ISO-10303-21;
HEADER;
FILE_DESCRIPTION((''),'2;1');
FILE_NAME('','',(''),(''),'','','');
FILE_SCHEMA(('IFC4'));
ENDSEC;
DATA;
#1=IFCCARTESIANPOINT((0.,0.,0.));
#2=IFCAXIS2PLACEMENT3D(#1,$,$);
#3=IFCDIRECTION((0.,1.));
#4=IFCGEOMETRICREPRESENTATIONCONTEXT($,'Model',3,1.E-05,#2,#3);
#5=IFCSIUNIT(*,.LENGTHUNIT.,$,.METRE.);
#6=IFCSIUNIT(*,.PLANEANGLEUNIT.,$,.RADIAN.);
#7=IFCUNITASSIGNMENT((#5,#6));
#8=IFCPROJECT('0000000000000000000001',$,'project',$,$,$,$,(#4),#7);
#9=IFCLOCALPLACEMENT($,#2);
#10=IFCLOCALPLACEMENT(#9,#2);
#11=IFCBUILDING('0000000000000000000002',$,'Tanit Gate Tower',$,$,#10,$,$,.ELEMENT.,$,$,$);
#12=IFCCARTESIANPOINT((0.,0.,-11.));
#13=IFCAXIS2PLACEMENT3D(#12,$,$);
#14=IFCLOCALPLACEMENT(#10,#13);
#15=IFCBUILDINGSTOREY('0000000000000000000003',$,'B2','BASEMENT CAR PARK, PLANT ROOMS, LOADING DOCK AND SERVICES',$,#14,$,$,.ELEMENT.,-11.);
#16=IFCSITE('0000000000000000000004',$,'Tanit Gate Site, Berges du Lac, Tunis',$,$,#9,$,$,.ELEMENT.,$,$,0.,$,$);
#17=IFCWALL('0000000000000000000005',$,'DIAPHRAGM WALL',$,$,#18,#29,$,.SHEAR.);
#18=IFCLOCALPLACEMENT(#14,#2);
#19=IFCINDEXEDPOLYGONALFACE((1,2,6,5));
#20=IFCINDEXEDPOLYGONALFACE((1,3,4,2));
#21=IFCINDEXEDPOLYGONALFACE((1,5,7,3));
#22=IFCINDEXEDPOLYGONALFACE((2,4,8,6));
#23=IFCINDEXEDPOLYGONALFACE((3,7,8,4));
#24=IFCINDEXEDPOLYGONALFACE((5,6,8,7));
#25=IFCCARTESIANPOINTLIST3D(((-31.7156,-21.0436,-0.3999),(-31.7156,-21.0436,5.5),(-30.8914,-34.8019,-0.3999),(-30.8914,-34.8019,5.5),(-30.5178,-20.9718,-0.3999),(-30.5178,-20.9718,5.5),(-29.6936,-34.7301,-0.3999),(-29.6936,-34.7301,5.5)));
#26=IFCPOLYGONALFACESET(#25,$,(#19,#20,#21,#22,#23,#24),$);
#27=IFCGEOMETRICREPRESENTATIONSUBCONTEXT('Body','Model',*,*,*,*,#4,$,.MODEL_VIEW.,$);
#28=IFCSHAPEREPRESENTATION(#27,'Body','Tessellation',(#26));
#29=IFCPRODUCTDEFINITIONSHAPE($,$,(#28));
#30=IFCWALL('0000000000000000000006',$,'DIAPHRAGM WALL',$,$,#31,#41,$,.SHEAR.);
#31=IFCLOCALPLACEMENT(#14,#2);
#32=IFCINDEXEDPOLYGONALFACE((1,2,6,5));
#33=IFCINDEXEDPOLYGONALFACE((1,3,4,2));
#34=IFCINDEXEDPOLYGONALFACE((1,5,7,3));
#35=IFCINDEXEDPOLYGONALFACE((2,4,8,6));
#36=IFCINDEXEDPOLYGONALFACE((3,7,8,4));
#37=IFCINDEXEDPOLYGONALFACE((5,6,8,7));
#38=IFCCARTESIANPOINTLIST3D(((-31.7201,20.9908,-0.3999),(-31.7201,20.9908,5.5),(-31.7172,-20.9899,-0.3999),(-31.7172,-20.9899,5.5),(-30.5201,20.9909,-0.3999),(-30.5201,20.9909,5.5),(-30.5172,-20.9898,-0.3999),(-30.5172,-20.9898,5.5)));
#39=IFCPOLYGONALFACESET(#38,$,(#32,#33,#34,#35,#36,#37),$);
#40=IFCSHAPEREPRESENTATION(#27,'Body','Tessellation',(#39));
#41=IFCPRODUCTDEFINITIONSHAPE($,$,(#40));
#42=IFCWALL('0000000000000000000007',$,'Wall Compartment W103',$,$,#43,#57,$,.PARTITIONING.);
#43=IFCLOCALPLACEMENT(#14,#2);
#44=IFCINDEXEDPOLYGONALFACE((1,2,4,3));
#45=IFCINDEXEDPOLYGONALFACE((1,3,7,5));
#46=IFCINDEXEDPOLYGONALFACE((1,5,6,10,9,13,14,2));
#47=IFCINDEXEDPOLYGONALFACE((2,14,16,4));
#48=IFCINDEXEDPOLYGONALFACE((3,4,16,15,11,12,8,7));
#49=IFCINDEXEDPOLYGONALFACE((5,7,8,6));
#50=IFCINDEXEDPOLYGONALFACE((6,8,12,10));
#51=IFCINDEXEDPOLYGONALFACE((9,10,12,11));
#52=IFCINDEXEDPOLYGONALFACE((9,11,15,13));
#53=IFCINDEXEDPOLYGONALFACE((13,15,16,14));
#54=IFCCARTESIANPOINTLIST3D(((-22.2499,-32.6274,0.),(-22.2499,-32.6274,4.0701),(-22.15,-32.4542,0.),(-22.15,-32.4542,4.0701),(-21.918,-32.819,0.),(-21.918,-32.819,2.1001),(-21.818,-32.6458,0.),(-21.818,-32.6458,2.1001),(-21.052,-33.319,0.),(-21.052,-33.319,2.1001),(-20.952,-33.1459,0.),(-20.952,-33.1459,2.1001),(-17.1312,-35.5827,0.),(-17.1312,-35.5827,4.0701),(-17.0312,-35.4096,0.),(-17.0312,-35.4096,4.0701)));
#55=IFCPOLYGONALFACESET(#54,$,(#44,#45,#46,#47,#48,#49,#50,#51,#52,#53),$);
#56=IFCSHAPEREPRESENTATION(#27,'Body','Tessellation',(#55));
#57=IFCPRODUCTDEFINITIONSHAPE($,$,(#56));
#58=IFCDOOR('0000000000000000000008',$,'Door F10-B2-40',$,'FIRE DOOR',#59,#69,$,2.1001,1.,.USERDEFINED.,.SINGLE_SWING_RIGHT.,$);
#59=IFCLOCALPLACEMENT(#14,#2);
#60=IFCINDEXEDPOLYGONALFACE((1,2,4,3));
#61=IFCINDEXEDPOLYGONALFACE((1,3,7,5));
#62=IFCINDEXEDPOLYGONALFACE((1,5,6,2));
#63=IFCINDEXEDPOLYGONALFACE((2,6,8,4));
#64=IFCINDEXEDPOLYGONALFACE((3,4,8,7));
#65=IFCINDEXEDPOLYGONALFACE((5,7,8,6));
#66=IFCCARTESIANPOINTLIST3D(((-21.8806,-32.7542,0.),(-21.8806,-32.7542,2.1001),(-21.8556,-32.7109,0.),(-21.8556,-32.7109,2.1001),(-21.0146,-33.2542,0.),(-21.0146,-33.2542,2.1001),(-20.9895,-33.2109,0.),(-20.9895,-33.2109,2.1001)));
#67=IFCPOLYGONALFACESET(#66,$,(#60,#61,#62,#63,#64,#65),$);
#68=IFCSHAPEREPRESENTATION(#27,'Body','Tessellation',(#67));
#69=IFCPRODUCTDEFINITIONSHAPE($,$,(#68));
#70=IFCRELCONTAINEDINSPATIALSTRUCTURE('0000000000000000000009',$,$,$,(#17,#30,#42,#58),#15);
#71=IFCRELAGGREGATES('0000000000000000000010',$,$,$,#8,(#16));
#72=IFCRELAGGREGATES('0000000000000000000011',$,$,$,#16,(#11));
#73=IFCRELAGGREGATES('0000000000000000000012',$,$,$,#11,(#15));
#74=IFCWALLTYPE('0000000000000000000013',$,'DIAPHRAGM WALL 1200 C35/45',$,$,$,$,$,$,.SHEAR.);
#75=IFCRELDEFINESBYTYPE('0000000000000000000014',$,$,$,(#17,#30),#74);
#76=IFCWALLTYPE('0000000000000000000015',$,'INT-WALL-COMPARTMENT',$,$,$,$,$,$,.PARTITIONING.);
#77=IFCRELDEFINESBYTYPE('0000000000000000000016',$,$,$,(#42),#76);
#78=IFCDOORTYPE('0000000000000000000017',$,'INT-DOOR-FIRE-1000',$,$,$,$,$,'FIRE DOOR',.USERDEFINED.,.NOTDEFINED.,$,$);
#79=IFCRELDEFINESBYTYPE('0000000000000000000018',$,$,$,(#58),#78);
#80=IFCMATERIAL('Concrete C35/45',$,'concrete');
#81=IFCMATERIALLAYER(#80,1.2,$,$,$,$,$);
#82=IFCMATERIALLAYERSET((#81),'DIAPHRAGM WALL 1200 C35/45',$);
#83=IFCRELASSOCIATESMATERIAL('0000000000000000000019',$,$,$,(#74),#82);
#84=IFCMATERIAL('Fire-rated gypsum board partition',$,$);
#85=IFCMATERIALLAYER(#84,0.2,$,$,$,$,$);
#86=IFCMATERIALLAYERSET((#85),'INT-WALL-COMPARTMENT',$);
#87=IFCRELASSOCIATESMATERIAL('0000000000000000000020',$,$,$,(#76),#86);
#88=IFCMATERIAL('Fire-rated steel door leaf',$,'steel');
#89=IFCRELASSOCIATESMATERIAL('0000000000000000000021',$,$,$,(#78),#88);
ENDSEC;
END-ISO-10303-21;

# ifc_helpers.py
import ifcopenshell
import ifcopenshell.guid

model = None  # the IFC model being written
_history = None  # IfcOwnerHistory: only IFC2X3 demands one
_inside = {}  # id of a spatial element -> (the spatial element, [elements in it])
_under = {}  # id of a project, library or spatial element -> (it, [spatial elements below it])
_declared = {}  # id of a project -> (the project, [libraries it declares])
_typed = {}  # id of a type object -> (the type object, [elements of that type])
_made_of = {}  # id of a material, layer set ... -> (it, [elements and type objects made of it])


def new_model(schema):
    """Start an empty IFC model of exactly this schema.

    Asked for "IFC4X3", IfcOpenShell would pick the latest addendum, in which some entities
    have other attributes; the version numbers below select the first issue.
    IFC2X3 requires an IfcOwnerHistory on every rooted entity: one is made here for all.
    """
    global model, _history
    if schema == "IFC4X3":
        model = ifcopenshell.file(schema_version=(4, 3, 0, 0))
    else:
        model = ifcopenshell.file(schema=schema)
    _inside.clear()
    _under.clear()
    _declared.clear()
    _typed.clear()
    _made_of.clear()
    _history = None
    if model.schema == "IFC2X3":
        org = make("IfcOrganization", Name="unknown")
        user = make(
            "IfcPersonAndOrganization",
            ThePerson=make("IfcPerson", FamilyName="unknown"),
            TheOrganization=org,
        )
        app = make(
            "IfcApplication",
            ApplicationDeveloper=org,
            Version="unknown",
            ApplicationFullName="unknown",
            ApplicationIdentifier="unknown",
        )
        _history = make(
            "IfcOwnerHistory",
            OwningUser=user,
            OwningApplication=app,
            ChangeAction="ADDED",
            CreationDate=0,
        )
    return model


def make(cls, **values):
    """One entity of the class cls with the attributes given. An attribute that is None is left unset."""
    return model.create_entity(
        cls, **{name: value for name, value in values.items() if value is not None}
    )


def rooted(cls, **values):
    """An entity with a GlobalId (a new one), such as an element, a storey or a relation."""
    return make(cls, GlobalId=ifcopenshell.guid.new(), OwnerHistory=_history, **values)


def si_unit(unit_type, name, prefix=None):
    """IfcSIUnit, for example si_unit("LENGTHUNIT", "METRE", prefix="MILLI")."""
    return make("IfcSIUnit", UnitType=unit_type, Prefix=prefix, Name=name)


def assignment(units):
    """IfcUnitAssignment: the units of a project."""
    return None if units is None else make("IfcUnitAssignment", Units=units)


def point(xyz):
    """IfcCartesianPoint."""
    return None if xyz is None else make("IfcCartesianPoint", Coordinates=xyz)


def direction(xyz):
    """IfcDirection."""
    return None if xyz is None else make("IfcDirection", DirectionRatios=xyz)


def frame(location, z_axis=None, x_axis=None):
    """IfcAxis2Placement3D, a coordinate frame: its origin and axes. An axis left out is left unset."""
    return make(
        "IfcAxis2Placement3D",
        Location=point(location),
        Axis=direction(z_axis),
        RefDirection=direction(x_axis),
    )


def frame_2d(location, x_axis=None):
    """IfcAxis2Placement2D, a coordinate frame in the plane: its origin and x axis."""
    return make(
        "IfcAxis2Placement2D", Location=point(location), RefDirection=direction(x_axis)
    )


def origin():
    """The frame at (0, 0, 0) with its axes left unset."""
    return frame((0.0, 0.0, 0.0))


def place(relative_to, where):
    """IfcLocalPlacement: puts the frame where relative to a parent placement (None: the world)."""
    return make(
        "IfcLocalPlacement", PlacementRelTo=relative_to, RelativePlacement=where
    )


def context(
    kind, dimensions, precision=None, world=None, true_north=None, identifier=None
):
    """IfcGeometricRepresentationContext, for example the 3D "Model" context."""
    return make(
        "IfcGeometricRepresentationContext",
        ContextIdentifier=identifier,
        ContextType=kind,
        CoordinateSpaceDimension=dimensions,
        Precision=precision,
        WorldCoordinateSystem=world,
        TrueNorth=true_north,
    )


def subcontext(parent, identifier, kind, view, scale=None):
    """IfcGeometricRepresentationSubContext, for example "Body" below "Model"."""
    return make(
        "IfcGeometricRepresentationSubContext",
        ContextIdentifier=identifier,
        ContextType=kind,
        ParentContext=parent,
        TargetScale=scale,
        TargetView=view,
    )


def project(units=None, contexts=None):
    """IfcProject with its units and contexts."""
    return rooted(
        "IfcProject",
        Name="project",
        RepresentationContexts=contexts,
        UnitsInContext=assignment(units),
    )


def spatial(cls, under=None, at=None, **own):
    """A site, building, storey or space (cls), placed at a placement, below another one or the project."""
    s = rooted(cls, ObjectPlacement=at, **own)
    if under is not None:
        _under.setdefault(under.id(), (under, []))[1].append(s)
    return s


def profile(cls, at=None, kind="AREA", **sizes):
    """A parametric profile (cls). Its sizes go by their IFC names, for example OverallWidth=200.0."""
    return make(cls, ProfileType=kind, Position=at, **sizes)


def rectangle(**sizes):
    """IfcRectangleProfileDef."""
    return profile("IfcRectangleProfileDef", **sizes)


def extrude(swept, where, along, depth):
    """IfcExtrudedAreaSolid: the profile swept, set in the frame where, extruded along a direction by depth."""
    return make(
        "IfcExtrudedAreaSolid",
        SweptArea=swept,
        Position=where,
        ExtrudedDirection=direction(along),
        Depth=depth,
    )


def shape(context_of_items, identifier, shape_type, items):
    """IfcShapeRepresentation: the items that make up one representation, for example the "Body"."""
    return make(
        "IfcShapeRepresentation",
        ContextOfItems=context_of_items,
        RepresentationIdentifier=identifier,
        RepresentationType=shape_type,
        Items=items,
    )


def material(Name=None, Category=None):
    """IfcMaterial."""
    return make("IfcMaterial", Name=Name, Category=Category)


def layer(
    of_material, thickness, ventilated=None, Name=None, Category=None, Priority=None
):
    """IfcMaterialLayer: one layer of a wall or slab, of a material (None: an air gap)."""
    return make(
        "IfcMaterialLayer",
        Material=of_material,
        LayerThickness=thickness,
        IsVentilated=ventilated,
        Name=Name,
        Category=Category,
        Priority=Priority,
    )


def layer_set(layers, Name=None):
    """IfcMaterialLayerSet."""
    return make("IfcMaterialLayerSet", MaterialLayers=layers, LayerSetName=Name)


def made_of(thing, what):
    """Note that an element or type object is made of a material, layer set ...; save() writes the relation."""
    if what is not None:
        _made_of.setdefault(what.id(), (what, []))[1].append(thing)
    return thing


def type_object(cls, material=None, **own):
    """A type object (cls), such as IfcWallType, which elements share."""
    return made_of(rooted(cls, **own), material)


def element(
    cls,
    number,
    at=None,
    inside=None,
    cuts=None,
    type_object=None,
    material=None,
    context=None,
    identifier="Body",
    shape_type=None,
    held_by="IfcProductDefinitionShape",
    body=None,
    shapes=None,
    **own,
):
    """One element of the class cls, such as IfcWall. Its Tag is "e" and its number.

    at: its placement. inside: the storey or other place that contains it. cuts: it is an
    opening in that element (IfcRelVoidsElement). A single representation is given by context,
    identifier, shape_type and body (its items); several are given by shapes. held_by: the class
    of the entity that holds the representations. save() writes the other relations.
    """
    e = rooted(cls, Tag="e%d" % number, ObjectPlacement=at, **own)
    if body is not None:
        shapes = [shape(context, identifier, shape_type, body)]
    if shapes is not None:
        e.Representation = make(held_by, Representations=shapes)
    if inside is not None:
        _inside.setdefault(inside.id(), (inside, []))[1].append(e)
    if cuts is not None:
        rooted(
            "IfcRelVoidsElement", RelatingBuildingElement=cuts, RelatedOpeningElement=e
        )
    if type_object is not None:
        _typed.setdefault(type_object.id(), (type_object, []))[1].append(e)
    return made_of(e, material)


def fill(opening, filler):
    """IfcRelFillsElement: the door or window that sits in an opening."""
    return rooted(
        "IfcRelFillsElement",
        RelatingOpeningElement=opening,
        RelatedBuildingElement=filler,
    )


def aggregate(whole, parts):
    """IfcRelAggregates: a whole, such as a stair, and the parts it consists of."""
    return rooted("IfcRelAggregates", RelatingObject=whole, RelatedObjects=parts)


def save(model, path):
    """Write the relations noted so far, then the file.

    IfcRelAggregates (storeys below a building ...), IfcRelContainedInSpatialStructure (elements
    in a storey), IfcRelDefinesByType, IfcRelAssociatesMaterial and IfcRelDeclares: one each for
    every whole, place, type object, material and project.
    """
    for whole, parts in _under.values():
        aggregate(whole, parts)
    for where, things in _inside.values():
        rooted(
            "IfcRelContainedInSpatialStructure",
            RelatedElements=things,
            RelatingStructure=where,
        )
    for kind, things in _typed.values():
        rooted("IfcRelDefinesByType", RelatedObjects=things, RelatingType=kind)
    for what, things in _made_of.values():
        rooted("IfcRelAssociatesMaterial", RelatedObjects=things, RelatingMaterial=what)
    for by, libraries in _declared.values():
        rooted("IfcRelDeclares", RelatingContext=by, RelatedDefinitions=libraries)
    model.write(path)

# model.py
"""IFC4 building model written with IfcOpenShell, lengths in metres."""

from ifc_helpers import new_model, si_unit, direction, frame, frame_2d, origin, place, context, subcontext, project, spatial, rectangle, extrude, material, layer, layer_set, type_object, element, fill, save


model = new_model("IFC4")

# Units and contexts
model_context = context("Model", 3, precision=1e-05, world=origin(), true_north=direction((0.0, 1.0)))
body_context = subcontext(model_context, "Body", "Model", "MODEL_VIEW")
ifc_project = project(units=[si_unit("LENGTHUNIT", "METRE"), si_unit("PLANEANGLEUNIT", "RADIAN")], contexts=[model_context])

# Site, building, storey
site_placement = place(None, origin())
site = spatial("IfcSite", under=ifc_project, at=site_placement, Name="Tanit Gate Site, Berges du Lac, Tunis", CompositionType="ELEMENT", RefElevation=0.0)
building_placement = place(site_placement, origin())
building = spatial("IfcBuilding", under=site, at=building_placement, Name="Tanit Gate Tower", CompositionType="ELEMENT")
storey_placement = place(building_placement, frame((0.0, 0.0, -11.0)))
storey = spatial("IfcBuildingStorey", under=building, at=storey_placement, Name="B2", Description="BASEMENT CAR PARK, PLANT ROOMS, LOADING DOCK AND SERVICES", CompositionType="ELEMENT", Elevation=-11.0)

# Walls
ifc_material_1 = material(Name="Concrete C35/45", Category="concrete")
ifc_layer_1 = layer(ifc_material_1, 1.2)
ifc_layer_set_1 = layer_set([ifc_layer_1], Name="DIAPHRAGM WALL 1200 C35/45")
wall_type_1 = type_object("IfcWallType", Name="DIAPHRAGM WALL 1200 C35/45", PredefinedType="SHEAR", material=ifc_layer_set_1)
wall_1_placement = place(storey_placement, frame((-30.2925, -34.7661, -0.3999), z_axis=(0.0, 0.0, 1.0), x_axis=(-0.0598, 0.99821, 0.0)))
element("IfcWall", 1, at=wall_1_placement, inside=storey, type_object=wall_type_1, Name="DIAPHRAGM WALL", PredefinedType="SHEAR", context=body_context, shape_type="SweptSolid", body=[
    extrude(rectangle(XDim=13.783, YDim=1.2, at=frame_2d((6.8916, 0.0))), origin(), (0.0, 0.0, 1.0), 5.8999),
])
wall_2_placement = place(storey_placement, frame((-31.1172, -20.9897, -0.3999), z_axis=(0.0, 0.0, 1.0), x_axis=(-0.00007, 1.0, 0.0)))
element("IfcWall", 2, at=wall_2_placement, inside=storey, type_object=wall_type_1, Name="DIAPHRAGM WALL", PredefinedType="SHEAR", context=body_context, shape_type="SweptSolid", body=[
    extrude(rectangle(XDim=41.9807, YDim=1.2, at=frame_2d((20.9902, 0.0))), origin(), (0.0, 0.0, 1.0), 5.8999),
])

# Wall, opening, door
ifc_material_2 = material(Name="Fire-rated gypsum board partition")
ifc_layer_2 = layer(ifc_material_2, 0.2)
ifc_layer_set_2 = layer_set([ifc_layer_2], Name="INT-WALL-COMPARTMENT")
wall_type_2 = type_object("IfcWallType", Name="INT-WALL-COMPARTMENT", PredefinedType="PARTITIONING", material=ifc_layer_set_2)
wall_3_placement = place(storey_placement, frame((-22.2, -32.5408, 0.0), z_axis=(0.0, 0.0, 1.0), x_axis=(0.86602, -0.500008, 0.0)))
wall_3 = element("IfcWall", 3, at=wall_3_placement, inside=storey, type_object=wall_type_2, Name="Wall Compartment W103", PredefinedType="PARTITIONING", context=body_context, shape_type="SweptSolid", body=[
    extrude(rectangle(XDim=5.9106, YDim=0.2, at=frame_2d((2.9553, 0.0))), origin(), (0.0, 0.0, 1.0), 4.0701),
])
opening_placement = place(wall_3_placement, frame((0.3833, 0.0, 0.0)))
opening = element("IfcOpeningElement", 4, at=opening_placement, cuts=wall_3, PredefinedType="OPENING", context=body_context, shape_type="SweptSolid", body=[
    extrude(rectangle(XDim=1.0, YDim=2.1001, at=frame_2d((0.5, 1.05))), frame((0.0, 0.1099, 0.0), z_axis=(0.0, -1.0, 0.0), x_axis=(1.0, 0.0, 0.0)), (0.0, 0.0, 1.0), 0.22),
])
ifc_material_3 = material(Name="Fire-rated steel door leaf", Category="steel")
door_type = type_object("IfcDoorType", Name="INT-DOOR-FIRE-1000", ElementType="FIRE DOOR", OperationType="NOTDEFINED", PredefinedType="USERDEFINED", material=ifc_material_3)
door_placement = place(opening_placement, origin())
door = element("IfcDoor", 5, at=door_placement, inside=storey, type_object=door_type, Name="Door F10-B2-40", ObjectType="FIRE DOOR", OperationType="SINGLE_SWING_RIGHT", OverallHeight=2.1001, OverallWidth=1.0, PredefinedType="USERDEFINED", context=body_context, shape_type="SweptSolid", body=[
    extrude(rectangle(XDim=1.0, YDim=2.1001, at=frame_2d((0.5, 1.05))), frame((0.0, 0.0249, 0.0), z_axis=(0.0, -1.0, 0.0), x_axis=(1.0, 0.0, 0.0)), (0.0, 0.0, 1.0), 0.05),
])
fill(opening, door)

save(model, "model.ifc")
